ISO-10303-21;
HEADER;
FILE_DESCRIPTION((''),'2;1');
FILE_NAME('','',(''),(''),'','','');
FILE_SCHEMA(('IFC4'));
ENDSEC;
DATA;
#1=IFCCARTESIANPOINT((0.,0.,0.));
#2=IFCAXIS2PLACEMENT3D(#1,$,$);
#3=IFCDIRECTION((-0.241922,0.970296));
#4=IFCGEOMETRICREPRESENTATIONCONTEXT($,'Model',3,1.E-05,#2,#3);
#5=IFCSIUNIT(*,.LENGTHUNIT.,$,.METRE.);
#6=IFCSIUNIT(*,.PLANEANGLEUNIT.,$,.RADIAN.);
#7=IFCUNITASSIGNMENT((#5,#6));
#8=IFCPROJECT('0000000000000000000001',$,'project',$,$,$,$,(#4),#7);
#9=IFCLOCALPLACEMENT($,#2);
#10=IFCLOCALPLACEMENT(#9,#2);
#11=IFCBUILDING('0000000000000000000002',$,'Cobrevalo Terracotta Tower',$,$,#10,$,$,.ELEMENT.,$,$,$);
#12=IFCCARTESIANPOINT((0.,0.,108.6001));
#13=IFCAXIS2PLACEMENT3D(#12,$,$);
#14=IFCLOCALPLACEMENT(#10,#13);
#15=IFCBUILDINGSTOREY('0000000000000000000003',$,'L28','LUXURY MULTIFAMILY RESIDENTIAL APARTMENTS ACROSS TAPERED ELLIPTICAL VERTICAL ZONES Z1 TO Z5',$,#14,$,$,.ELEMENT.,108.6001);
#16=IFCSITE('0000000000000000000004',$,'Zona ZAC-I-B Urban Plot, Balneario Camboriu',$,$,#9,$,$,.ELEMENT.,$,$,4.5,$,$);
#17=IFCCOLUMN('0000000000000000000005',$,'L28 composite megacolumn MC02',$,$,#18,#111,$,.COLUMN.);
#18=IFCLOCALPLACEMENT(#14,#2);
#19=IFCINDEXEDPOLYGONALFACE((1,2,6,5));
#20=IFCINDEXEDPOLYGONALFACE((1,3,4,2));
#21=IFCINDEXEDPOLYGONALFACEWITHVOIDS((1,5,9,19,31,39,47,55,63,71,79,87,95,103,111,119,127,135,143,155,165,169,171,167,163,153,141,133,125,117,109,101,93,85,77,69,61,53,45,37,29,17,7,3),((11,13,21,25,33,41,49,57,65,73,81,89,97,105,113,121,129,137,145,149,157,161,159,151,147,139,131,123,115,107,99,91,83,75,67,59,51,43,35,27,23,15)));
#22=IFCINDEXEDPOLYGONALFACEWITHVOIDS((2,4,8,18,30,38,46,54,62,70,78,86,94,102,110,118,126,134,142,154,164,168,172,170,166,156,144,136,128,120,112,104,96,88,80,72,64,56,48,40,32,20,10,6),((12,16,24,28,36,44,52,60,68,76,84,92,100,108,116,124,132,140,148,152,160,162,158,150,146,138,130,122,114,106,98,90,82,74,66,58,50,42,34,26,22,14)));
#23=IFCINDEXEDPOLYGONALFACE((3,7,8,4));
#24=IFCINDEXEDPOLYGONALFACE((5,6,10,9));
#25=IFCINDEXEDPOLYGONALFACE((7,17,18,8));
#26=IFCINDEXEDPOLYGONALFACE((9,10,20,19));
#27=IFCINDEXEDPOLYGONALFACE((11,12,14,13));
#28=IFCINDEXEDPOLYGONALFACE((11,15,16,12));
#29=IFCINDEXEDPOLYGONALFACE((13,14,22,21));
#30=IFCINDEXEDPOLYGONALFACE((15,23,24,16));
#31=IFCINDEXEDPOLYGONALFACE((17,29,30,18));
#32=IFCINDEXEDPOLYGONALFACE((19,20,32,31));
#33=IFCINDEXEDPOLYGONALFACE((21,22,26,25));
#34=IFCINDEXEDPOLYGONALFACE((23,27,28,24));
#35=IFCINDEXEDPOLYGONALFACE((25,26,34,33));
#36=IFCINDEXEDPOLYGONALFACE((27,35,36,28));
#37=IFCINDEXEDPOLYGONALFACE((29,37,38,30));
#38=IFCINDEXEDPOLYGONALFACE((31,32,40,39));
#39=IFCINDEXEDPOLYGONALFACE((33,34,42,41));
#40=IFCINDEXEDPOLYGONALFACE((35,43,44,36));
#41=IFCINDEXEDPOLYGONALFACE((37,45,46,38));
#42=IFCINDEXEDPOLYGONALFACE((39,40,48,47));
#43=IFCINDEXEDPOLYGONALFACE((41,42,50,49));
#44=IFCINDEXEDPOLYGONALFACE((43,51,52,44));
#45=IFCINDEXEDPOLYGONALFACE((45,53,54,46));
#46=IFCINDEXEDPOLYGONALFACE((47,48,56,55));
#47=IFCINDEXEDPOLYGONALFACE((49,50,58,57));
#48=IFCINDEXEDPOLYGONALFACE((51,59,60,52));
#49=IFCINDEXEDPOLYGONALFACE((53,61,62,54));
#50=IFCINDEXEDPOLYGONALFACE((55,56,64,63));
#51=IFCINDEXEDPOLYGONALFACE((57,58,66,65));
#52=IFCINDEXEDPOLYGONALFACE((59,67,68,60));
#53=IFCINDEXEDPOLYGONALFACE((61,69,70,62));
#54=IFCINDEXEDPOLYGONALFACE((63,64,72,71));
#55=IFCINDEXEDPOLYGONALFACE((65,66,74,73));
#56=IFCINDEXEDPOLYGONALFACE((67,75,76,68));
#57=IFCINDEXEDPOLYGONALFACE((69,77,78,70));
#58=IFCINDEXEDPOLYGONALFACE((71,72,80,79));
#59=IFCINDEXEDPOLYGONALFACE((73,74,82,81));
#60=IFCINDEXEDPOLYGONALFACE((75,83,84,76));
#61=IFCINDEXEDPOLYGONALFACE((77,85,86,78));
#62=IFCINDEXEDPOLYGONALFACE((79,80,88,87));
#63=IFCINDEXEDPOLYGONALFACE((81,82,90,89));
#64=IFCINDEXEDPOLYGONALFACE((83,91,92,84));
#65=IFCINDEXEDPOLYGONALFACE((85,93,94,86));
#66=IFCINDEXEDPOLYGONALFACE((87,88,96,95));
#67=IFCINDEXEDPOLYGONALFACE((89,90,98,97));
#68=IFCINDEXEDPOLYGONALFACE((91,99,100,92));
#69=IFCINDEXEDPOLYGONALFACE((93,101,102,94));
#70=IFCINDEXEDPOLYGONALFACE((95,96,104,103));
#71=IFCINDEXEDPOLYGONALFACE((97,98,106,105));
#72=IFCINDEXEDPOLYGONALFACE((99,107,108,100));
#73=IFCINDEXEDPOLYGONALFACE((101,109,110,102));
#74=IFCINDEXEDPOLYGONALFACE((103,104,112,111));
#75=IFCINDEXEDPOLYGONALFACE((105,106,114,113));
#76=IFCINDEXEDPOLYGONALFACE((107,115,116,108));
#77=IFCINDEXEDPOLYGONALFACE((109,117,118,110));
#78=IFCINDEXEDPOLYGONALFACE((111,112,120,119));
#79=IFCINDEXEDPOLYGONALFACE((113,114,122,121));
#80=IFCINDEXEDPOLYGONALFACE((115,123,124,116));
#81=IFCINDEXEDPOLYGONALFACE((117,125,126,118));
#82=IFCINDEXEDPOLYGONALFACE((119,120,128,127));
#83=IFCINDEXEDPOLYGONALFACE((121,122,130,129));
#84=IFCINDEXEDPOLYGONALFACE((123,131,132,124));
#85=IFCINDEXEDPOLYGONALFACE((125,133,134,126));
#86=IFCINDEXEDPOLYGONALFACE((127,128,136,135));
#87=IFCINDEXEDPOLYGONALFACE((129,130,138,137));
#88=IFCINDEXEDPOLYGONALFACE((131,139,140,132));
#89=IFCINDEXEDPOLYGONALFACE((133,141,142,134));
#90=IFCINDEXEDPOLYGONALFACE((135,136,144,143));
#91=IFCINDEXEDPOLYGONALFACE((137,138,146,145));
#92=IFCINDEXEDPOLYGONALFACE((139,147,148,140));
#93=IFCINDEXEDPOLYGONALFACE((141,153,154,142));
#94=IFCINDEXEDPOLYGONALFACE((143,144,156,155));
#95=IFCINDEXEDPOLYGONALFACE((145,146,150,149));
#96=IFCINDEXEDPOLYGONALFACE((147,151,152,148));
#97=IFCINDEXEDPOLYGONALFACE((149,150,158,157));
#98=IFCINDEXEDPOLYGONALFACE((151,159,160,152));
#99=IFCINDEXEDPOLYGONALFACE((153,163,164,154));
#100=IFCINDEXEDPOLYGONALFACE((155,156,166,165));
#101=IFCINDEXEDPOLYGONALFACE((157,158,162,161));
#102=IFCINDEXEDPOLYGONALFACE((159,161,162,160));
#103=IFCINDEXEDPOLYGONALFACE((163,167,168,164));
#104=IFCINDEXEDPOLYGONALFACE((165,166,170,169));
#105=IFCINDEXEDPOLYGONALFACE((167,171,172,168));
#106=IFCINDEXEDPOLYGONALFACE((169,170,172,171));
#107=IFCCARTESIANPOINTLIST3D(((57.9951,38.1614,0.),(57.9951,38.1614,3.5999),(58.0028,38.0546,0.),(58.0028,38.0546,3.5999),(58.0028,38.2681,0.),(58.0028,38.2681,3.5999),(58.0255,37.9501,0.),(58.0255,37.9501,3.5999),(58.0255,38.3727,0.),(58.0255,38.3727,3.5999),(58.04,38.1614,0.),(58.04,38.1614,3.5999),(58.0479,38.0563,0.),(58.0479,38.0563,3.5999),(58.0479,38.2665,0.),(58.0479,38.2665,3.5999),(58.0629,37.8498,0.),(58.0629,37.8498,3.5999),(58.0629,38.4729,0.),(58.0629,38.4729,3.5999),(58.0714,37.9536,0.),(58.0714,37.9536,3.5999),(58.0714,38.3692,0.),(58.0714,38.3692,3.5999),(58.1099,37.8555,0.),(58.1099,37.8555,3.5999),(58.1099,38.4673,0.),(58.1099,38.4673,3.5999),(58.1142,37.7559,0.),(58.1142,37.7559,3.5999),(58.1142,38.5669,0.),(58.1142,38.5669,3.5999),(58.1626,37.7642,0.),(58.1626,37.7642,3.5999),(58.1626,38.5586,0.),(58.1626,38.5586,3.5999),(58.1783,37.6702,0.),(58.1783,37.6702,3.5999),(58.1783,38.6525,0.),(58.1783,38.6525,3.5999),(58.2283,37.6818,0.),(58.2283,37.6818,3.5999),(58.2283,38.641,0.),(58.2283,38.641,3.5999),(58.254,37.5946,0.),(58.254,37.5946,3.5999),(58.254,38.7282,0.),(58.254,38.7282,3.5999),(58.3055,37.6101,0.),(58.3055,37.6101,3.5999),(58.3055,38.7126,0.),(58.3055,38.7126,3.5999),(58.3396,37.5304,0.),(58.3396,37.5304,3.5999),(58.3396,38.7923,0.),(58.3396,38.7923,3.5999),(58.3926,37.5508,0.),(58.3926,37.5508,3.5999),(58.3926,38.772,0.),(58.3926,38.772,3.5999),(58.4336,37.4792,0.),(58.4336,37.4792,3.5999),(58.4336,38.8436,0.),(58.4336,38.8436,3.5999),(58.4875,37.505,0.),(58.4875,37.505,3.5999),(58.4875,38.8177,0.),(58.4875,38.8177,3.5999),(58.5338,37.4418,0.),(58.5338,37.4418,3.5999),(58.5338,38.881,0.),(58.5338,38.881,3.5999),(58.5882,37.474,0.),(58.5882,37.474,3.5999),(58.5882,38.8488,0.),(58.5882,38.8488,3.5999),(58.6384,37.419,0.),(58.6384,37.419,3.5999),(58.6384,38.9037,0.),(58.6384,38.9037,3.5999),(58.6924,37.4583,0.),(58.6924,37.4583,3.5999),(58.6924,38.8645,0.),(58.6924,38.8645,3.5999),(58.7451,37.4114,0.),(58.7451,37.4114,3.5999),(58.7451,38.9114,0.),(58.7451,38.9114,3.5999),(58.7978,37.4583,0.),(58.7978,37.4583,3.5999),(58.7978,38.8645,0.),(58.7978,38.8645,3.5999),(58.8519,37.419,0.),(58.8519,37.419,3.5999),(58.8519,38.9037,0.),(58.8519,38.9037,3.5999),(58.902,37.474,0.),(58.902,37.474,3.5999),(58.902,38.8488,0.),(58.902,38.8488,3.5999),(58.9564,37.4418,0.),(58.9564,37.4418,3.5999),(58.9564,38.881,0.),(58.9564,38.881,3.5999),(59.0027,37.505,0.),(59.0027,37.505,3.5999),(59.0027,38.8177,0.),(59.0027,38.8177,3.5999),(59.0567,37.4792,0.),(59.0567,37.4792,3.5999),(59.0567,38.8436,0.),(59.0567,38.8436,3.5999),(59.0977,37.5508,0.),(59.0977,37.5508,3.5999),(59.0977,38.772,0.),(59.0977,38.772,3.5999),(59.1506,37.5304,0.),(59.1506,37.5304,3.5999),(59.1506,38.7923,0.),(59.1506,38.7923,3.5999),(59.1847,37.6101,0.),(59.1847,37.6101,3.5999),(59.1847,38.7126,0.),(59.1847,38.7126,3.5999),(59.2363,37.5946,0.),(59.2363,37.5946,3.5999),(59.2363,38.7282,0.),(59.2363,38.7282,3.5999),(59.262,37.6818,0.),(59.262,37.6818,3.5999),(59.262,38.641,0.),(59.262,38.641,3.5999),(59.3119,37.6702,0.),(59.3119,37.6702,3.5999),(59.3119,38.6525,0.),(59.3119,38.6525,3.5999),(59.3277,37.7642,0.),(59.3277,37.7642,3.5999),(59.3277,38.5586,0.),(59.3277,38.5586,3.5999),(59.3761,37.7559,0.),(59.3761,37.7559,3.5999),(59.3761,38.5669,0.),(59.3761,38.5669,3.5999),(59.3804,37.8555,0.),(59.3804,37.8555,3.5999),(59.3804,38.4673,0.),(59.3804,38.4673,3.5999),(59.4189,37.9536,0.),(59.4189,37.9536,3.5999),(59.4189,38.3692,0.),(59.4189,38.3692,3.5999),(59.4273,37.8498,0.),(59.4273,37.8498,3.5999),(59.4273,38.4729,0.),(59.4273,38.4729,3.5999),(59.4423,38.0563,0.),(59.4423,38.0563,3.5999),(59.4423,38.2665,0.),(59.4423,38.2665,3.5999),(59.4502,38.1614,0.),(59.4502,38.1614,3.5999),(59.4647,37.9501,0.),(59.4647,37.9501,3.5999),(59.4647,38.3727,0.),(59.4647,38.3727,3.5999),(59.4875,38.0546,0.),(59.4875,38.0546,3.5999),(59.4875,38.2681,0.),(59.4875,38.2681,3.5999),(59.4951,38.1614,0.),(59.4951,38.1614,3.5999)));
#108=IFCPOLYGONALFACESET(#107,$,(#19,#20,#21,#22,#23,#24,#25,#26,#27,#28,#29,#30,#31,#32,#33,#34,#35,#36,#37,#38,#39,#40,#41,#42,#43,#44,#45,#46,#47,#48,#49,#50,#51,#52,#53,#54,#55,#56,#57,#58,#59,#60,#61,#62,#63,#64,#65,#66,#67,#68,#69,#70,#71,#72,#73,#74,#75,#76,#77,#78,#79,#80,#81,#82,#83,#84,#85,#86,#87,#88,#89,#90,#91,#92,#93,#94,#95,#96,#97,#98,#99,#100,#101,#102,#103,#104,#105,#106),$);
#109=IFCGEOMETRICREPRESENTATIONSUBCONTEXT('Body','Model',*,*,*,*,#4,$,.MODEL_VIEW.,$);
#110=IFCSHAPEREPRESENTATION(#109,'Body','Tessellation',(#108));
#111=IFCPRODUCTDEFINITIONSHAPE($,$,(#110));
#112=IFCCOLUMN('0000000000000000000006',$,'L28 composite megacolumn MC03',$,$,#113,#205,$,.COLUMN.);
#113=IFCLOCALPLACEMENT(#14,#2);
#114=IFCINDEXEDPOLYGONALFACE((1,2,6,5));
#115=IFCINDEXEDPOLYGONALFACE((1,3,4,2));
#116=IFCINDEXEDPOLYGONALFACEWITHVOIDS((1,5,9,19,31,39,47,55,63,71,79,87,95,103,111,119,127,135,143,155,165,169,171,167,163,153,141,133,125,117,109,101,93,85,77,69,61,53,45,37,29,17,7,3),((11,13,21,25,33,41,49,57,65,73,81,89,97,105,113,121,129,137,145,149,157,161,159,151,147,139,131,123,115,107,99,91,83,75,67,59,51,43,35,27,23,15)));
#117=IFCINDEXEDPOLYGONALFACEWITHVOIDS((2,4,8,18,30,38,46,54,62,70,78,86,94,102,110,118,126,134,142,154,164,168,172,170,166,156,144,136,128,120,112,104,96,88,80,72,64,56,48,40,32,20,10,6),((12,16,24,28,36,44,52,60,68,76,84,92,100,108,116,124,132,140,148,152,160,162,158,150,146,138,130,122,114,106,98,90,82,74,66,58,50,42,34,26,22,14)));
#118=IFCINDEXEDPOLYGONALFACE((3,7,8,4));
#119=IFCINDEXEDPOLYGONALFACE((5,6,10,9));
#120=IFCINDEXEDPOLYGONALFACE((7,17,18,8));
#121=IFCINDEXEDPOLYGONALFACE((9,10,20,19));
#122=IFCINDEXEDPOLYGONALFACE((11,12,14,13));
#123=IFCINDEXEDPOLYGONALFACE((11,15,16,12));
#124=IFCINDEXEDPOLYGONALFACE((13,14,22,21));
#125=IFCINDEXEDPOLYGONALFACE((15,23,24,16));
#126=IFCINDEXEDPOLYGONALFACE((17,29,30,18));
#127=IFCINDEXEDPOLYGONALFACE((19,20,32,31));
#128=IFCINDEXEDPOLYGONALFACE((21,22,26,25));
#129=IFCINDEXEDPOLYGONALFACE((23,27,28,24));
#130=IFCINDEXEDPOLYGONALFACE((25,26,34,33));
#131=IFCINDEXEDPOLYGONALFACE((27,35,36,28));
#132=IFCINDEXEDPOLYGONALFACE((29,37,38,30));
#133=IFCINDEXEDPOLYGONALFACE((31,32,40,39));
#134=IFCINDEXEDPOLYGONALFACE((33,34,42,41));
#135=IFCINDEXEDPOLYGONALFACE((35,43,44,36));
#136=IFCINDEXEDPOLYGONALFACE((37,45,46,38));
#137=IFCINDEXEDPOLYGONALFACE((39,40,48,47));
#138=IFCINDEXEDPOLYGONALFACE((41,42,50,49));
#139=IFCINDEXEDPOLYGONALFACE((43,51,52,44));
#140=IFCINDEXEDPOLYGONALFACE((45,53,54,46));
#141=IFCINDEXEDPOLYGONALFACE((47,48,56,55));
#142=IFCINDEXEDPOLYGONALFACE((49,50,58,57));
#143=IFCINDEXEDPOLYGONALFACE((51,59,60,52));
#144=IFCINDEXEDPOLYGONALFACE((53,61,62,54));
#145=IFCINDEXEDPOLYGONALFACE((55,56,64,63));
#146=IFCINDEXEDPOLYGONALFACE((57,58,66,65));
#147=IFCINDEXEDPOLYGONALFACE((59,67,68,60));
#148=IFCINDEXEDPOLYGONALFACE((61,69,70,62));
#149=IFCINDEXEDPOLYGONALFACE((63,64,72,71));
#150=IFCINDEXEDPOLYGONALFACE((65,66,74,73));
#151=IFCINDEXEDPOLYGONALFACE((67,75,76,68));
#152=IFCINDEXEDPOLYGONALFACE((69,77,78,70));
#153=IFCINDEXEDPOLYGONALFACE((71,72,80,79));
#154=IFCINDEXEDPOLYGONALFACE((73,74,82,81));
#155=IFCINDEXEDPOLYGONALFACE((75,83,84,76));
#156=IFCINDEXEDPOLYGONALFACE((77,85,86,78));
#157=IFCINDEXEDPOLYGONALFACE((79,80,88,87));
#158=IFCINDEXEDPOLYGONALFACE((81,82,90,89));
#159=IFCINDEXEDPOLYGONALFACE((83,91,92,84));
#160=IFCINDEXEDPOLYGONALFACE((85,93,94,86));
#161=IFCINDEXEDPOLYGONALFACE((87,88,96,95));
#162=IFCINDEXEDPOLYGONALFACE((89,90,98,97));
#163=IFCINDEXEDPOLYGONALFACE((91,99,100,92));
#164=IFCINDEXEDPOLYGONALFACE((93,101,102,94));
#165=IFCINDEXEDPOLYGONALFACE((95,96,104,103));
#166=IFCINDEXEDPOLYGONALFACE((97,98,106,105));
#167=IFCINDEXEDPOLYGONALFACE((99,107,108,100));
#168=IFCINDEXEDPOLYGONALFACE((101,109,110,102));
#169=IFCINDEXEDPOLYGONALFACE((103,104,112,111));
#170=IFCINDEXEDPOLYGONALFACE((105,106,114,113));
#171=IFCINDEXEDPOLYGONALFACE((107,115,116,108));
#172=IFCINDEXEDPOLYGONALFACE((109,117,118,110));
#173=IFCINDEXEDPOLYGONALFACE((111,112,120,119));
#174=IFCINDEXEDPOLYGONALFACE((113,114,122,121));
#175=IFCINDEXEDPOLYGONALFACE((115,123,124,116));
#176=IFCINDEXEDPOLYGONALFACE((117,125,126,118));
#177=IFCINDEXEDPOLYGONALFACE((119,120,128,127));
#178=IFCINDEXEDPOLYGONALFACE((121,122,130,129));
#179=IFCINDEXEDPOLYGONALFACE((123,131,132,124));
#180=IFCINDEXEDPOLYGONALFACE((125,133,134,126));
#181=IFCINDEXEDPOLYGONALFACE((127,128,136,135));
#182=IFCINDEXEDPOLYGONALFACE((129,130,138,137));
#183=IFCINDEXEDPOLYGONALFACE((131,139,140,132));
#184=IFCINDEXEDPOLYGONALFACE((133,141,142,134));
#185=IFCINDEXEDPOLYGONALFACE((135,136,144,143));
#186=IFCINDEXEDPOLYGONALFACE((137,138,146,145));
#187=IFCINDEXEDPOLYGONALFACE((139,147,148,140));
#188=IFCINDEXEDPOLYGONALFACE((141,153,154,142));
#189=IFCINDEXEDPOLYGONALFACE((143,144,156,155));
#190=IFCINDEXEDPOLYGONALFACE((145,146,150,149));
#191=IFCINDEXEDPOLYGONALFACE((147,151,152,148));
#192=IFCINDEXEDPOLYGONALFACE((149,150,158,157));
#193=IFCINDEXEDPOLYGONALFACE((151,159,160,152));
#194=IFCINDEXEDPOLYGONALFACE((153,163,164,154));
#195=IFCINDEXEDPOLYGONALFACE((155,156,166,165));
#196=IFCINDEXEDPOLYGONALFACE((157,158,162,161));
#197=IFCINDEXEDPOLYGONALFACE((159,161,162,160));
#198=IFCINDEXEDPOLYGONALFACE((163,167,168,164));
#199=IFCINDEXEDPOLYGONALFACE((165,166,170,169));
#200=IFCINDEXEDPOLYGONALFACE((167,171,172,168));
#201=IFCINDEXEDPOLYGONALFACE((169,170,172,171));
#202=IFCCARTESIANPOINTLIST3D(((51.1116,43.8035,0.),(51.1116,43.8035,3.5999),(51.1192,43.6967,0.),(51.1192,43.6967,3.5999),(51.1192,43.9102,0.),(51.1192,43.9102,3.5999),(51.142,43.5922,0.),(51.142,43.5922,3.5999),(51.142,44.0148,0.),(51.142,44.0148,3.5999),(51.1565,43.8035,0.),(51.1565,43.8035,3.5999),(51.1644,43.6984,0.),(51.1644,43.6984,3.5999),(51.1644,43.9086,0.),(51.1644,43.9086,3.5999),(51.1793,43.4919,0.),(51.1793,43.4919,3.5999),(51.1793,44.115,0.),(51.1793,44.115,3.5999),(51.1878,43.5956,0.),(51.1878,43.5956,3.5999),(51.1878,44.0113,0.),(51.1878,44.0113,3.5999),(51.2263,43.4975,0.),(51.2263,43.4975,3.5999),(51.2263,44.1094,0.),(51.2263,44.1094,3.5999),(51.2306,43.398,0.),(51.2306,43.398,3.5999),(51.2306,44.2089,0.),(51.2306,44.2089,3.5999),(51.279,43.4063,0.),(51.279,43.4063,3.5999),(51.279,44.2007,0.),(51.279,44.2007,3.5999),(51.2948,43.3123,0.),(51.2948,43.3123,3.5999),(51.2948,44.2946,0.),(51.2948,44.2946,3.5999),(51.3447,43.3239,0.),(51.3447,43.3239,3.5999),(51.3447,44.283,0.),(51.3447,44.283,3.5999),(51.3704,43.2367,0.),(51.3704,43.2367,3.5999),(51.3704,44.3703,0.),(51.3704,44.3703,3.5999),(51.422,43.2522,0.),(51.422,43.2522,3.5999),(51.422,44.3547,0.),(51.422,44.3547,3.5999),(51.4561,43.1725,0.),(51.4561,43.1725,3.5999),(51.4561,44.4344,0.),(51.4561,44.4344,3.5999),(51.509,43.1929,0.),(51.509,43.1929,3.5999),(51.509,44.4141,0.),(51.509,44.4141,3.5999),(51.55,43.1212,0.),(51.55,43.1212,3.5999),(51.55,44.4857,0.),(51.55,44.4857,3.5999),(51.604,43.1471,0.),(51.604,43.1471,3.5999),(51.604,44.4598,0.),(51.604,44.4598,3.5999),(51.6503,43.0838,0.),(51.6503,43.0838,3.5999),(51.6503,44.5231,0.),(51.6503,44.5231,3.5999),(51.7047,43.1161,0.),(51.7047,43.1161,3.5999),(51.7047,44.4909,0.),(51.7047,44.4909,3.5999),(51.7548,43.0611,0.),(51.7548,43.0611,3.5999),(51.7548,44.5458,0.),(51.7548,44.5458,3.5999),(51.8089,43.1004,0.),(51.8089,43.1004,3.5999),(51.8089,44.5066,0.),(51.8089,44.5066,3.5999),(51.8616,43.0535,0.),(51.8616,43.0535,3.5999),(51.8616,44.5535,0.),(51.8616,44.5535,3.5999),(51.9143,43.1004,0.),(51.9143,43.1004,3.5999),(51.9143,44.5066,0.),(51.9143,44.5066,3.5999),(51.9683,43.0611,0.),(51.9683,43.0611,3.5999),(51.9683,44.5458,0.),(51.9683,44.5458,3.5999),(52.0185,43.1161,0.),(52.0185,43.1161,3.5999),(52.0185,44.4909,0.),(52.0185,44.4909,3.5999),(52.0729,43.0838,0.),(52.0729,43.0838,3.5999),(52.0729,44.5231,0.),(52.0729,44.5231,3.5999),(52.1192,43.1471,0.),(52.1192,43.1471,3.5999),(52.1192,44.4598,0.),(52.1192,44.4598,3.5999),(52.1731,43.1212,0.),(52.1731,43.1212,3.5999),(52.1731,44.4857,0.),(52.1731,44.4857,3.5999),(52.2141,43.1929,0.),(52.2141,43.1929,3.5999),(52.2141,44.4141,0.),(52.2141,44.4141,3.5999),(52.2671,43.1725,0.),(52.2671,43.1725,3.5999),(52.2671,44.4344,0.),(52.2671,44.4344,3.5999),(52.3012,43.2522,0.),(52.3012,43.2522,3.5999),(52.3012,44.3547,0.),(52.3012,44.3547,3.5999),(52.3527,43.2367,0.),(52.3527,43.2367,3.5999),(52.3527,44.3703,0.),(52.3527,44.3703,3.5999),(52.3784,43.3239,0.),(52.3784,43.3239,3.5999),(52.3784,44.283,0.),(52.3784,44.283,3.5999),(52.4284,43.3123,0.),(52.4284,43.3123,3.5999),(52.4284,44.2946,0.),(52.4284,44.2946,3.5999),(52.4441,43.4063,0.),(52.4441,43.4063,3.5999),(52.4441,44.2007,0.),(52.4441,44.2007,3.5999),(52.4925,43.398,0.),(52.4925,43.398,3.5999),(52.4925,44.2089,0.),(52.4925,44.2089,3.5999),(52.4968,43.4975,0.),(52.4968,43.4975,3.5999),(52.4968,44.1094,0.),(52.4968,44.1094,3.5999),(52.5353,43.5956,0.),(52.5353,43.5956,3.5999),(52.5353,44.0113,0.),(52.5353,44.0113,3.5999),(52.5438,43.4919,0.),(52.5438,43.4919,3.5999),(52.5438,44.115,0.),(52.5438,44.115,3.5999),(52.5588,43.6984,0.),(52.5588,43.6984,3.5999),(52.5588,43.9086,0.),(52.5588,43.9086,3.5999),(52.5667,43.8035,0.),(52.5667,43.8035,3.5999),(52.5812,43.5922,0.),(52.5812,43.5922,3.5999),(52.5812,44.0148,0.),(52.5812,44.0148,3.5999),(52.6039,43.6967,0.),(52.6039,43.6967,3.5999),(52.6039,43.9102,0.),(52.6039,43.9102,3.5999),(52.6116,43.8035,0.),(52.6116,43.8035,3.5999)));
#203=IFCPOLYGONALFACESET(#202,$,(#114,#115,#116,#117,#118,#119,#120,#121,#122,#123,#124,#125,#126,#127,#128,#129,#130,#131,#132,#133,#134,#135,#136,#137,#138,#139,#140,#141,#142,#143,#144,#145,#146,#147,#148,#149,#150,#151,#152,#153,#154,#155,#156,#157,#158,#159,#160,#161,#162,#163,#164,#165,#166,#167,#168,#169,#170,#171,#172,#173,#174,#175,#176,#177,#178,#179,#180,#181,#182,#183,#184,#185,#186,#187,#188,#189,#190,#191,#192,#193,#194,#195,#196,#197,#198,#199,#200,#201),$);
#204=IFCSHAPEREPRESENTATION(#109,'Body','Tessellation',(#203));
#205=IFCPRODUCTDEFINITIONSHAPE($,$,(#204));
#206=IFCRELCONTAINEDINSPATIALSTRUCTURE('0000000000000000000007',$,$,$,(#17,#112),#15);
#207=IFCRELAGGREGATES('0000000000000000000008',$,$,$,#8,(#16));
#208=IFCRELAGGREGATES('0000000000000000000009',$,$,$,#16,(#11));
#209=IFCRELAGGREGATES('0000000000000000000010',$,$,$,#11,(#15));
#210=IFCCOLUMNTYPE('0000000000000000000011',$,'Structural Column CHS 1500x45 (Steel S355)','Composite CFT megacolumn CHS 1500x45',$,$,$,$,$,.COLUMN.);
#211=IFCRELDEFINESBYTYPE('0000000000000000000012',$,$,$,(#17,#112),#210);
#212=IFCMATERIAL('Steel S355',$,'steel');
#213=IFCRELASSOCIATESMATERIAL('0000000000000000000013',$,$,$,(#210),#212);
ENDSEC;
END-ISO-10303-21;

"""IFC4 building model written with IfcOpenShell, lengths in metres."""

from ifc_helpers import new_model, si_unit, direction, frame, origin, origin_2d, place, context, subcontext, project, spatial, hollow_circle, extrude, material, material_profile, profile_set, type_object, element, save


model = new_model("IFC4")

# Units and contexts
model_context = context("Model", 3, precision=1e-05, world=origin(), true_north=direction((-0.241922, 0.970296)))
body_context = subcontext(model_context, "Body", "Model", "MODEL_VIEW")
ifc_project = project(units=[si_unit("LENGTHUNIT", "METRE"), si_unit("PLANEANGLEUNIT", "RADIAN")], contexts=[model_context])

# Site, building, storey
site_placement = place(None, origin())
site = spatial("IfcSite", under=ifc_project, at=site_placement, Name="Zona ZAC-I-B Urban Plot, Balneario Camboriu", CompositionType="ELEMENT", RefElevation=4.5)
building_placement = place(site_placement, origin())
building = spatial("IfcBuilding", under=site, at=building_placement, Name="Cobrevalo Terracotta Tower", CompositionType="ELEMENT")
storey_placement = place(building_placement, frame((0.0, 0.0, 108.6001)))
storey = spatial("IfcBuildingStorey", under=building, at=storey_placement, Name="L28", Description="LUXURY MULTIFAMILY RESIDENTIAL APARTMENTS ACROSS TAPERED ELLIPTICAL VERTICAL ZONES Z1 TO Z5", CompositionType="ELEMENT", Elevation=108.6001)

# Columns
ifc_material_1 = material(Name="Steel S355", Category="steel")
ifc_material_profile_1 = material_profile(ifc_material_1, hollow_circle(Radius=0.75, WallThickness=0.0449, at=origin_2d()), Name="CHS 1500x45")
ifc_profile_set_1 = profile_set([ifc_material_profile_1], Name="Steel S355")
column_type = type_object("IfcColumnType", Name="Structural Column CHS 1500x45 (Steel S355)", Description="Composite CFT megacolumn CHS 1500x45", PredefinedType="COLUMN", material=ifc_profile_set_1)
for number, where, z_axis, x_axis, name in (
    (1, (58.7451, 38.1614, 0.0), (0.0, 0.0, 1.0), (1.0, 0.0, 0.0), "L28 composite megacolumn MC02"),
    (2, (51.8616, 43.8035, 0.0), (0.0, 0.0, 1.0), (1.0, 0.0, 0.0), "L28 composite megacolumn MC03"),
):
    element("IfcColumn", number, at=place(storey_placement, frame(where, z_axis=z_axis, x_axis=x_axis)), inside=storey, type_object=column_type, Name=name, PredefinedType="COLUMN", context=body_context, shape_type="SweptSolid", body=[
        extrude(hollow_circle(Radius=0.75, WallThickness=0.0449, at=origin_2d()), origin(), (0.0, 0.0, 1.0), 3.5999),
    ])

save(model, "model.ifc")
